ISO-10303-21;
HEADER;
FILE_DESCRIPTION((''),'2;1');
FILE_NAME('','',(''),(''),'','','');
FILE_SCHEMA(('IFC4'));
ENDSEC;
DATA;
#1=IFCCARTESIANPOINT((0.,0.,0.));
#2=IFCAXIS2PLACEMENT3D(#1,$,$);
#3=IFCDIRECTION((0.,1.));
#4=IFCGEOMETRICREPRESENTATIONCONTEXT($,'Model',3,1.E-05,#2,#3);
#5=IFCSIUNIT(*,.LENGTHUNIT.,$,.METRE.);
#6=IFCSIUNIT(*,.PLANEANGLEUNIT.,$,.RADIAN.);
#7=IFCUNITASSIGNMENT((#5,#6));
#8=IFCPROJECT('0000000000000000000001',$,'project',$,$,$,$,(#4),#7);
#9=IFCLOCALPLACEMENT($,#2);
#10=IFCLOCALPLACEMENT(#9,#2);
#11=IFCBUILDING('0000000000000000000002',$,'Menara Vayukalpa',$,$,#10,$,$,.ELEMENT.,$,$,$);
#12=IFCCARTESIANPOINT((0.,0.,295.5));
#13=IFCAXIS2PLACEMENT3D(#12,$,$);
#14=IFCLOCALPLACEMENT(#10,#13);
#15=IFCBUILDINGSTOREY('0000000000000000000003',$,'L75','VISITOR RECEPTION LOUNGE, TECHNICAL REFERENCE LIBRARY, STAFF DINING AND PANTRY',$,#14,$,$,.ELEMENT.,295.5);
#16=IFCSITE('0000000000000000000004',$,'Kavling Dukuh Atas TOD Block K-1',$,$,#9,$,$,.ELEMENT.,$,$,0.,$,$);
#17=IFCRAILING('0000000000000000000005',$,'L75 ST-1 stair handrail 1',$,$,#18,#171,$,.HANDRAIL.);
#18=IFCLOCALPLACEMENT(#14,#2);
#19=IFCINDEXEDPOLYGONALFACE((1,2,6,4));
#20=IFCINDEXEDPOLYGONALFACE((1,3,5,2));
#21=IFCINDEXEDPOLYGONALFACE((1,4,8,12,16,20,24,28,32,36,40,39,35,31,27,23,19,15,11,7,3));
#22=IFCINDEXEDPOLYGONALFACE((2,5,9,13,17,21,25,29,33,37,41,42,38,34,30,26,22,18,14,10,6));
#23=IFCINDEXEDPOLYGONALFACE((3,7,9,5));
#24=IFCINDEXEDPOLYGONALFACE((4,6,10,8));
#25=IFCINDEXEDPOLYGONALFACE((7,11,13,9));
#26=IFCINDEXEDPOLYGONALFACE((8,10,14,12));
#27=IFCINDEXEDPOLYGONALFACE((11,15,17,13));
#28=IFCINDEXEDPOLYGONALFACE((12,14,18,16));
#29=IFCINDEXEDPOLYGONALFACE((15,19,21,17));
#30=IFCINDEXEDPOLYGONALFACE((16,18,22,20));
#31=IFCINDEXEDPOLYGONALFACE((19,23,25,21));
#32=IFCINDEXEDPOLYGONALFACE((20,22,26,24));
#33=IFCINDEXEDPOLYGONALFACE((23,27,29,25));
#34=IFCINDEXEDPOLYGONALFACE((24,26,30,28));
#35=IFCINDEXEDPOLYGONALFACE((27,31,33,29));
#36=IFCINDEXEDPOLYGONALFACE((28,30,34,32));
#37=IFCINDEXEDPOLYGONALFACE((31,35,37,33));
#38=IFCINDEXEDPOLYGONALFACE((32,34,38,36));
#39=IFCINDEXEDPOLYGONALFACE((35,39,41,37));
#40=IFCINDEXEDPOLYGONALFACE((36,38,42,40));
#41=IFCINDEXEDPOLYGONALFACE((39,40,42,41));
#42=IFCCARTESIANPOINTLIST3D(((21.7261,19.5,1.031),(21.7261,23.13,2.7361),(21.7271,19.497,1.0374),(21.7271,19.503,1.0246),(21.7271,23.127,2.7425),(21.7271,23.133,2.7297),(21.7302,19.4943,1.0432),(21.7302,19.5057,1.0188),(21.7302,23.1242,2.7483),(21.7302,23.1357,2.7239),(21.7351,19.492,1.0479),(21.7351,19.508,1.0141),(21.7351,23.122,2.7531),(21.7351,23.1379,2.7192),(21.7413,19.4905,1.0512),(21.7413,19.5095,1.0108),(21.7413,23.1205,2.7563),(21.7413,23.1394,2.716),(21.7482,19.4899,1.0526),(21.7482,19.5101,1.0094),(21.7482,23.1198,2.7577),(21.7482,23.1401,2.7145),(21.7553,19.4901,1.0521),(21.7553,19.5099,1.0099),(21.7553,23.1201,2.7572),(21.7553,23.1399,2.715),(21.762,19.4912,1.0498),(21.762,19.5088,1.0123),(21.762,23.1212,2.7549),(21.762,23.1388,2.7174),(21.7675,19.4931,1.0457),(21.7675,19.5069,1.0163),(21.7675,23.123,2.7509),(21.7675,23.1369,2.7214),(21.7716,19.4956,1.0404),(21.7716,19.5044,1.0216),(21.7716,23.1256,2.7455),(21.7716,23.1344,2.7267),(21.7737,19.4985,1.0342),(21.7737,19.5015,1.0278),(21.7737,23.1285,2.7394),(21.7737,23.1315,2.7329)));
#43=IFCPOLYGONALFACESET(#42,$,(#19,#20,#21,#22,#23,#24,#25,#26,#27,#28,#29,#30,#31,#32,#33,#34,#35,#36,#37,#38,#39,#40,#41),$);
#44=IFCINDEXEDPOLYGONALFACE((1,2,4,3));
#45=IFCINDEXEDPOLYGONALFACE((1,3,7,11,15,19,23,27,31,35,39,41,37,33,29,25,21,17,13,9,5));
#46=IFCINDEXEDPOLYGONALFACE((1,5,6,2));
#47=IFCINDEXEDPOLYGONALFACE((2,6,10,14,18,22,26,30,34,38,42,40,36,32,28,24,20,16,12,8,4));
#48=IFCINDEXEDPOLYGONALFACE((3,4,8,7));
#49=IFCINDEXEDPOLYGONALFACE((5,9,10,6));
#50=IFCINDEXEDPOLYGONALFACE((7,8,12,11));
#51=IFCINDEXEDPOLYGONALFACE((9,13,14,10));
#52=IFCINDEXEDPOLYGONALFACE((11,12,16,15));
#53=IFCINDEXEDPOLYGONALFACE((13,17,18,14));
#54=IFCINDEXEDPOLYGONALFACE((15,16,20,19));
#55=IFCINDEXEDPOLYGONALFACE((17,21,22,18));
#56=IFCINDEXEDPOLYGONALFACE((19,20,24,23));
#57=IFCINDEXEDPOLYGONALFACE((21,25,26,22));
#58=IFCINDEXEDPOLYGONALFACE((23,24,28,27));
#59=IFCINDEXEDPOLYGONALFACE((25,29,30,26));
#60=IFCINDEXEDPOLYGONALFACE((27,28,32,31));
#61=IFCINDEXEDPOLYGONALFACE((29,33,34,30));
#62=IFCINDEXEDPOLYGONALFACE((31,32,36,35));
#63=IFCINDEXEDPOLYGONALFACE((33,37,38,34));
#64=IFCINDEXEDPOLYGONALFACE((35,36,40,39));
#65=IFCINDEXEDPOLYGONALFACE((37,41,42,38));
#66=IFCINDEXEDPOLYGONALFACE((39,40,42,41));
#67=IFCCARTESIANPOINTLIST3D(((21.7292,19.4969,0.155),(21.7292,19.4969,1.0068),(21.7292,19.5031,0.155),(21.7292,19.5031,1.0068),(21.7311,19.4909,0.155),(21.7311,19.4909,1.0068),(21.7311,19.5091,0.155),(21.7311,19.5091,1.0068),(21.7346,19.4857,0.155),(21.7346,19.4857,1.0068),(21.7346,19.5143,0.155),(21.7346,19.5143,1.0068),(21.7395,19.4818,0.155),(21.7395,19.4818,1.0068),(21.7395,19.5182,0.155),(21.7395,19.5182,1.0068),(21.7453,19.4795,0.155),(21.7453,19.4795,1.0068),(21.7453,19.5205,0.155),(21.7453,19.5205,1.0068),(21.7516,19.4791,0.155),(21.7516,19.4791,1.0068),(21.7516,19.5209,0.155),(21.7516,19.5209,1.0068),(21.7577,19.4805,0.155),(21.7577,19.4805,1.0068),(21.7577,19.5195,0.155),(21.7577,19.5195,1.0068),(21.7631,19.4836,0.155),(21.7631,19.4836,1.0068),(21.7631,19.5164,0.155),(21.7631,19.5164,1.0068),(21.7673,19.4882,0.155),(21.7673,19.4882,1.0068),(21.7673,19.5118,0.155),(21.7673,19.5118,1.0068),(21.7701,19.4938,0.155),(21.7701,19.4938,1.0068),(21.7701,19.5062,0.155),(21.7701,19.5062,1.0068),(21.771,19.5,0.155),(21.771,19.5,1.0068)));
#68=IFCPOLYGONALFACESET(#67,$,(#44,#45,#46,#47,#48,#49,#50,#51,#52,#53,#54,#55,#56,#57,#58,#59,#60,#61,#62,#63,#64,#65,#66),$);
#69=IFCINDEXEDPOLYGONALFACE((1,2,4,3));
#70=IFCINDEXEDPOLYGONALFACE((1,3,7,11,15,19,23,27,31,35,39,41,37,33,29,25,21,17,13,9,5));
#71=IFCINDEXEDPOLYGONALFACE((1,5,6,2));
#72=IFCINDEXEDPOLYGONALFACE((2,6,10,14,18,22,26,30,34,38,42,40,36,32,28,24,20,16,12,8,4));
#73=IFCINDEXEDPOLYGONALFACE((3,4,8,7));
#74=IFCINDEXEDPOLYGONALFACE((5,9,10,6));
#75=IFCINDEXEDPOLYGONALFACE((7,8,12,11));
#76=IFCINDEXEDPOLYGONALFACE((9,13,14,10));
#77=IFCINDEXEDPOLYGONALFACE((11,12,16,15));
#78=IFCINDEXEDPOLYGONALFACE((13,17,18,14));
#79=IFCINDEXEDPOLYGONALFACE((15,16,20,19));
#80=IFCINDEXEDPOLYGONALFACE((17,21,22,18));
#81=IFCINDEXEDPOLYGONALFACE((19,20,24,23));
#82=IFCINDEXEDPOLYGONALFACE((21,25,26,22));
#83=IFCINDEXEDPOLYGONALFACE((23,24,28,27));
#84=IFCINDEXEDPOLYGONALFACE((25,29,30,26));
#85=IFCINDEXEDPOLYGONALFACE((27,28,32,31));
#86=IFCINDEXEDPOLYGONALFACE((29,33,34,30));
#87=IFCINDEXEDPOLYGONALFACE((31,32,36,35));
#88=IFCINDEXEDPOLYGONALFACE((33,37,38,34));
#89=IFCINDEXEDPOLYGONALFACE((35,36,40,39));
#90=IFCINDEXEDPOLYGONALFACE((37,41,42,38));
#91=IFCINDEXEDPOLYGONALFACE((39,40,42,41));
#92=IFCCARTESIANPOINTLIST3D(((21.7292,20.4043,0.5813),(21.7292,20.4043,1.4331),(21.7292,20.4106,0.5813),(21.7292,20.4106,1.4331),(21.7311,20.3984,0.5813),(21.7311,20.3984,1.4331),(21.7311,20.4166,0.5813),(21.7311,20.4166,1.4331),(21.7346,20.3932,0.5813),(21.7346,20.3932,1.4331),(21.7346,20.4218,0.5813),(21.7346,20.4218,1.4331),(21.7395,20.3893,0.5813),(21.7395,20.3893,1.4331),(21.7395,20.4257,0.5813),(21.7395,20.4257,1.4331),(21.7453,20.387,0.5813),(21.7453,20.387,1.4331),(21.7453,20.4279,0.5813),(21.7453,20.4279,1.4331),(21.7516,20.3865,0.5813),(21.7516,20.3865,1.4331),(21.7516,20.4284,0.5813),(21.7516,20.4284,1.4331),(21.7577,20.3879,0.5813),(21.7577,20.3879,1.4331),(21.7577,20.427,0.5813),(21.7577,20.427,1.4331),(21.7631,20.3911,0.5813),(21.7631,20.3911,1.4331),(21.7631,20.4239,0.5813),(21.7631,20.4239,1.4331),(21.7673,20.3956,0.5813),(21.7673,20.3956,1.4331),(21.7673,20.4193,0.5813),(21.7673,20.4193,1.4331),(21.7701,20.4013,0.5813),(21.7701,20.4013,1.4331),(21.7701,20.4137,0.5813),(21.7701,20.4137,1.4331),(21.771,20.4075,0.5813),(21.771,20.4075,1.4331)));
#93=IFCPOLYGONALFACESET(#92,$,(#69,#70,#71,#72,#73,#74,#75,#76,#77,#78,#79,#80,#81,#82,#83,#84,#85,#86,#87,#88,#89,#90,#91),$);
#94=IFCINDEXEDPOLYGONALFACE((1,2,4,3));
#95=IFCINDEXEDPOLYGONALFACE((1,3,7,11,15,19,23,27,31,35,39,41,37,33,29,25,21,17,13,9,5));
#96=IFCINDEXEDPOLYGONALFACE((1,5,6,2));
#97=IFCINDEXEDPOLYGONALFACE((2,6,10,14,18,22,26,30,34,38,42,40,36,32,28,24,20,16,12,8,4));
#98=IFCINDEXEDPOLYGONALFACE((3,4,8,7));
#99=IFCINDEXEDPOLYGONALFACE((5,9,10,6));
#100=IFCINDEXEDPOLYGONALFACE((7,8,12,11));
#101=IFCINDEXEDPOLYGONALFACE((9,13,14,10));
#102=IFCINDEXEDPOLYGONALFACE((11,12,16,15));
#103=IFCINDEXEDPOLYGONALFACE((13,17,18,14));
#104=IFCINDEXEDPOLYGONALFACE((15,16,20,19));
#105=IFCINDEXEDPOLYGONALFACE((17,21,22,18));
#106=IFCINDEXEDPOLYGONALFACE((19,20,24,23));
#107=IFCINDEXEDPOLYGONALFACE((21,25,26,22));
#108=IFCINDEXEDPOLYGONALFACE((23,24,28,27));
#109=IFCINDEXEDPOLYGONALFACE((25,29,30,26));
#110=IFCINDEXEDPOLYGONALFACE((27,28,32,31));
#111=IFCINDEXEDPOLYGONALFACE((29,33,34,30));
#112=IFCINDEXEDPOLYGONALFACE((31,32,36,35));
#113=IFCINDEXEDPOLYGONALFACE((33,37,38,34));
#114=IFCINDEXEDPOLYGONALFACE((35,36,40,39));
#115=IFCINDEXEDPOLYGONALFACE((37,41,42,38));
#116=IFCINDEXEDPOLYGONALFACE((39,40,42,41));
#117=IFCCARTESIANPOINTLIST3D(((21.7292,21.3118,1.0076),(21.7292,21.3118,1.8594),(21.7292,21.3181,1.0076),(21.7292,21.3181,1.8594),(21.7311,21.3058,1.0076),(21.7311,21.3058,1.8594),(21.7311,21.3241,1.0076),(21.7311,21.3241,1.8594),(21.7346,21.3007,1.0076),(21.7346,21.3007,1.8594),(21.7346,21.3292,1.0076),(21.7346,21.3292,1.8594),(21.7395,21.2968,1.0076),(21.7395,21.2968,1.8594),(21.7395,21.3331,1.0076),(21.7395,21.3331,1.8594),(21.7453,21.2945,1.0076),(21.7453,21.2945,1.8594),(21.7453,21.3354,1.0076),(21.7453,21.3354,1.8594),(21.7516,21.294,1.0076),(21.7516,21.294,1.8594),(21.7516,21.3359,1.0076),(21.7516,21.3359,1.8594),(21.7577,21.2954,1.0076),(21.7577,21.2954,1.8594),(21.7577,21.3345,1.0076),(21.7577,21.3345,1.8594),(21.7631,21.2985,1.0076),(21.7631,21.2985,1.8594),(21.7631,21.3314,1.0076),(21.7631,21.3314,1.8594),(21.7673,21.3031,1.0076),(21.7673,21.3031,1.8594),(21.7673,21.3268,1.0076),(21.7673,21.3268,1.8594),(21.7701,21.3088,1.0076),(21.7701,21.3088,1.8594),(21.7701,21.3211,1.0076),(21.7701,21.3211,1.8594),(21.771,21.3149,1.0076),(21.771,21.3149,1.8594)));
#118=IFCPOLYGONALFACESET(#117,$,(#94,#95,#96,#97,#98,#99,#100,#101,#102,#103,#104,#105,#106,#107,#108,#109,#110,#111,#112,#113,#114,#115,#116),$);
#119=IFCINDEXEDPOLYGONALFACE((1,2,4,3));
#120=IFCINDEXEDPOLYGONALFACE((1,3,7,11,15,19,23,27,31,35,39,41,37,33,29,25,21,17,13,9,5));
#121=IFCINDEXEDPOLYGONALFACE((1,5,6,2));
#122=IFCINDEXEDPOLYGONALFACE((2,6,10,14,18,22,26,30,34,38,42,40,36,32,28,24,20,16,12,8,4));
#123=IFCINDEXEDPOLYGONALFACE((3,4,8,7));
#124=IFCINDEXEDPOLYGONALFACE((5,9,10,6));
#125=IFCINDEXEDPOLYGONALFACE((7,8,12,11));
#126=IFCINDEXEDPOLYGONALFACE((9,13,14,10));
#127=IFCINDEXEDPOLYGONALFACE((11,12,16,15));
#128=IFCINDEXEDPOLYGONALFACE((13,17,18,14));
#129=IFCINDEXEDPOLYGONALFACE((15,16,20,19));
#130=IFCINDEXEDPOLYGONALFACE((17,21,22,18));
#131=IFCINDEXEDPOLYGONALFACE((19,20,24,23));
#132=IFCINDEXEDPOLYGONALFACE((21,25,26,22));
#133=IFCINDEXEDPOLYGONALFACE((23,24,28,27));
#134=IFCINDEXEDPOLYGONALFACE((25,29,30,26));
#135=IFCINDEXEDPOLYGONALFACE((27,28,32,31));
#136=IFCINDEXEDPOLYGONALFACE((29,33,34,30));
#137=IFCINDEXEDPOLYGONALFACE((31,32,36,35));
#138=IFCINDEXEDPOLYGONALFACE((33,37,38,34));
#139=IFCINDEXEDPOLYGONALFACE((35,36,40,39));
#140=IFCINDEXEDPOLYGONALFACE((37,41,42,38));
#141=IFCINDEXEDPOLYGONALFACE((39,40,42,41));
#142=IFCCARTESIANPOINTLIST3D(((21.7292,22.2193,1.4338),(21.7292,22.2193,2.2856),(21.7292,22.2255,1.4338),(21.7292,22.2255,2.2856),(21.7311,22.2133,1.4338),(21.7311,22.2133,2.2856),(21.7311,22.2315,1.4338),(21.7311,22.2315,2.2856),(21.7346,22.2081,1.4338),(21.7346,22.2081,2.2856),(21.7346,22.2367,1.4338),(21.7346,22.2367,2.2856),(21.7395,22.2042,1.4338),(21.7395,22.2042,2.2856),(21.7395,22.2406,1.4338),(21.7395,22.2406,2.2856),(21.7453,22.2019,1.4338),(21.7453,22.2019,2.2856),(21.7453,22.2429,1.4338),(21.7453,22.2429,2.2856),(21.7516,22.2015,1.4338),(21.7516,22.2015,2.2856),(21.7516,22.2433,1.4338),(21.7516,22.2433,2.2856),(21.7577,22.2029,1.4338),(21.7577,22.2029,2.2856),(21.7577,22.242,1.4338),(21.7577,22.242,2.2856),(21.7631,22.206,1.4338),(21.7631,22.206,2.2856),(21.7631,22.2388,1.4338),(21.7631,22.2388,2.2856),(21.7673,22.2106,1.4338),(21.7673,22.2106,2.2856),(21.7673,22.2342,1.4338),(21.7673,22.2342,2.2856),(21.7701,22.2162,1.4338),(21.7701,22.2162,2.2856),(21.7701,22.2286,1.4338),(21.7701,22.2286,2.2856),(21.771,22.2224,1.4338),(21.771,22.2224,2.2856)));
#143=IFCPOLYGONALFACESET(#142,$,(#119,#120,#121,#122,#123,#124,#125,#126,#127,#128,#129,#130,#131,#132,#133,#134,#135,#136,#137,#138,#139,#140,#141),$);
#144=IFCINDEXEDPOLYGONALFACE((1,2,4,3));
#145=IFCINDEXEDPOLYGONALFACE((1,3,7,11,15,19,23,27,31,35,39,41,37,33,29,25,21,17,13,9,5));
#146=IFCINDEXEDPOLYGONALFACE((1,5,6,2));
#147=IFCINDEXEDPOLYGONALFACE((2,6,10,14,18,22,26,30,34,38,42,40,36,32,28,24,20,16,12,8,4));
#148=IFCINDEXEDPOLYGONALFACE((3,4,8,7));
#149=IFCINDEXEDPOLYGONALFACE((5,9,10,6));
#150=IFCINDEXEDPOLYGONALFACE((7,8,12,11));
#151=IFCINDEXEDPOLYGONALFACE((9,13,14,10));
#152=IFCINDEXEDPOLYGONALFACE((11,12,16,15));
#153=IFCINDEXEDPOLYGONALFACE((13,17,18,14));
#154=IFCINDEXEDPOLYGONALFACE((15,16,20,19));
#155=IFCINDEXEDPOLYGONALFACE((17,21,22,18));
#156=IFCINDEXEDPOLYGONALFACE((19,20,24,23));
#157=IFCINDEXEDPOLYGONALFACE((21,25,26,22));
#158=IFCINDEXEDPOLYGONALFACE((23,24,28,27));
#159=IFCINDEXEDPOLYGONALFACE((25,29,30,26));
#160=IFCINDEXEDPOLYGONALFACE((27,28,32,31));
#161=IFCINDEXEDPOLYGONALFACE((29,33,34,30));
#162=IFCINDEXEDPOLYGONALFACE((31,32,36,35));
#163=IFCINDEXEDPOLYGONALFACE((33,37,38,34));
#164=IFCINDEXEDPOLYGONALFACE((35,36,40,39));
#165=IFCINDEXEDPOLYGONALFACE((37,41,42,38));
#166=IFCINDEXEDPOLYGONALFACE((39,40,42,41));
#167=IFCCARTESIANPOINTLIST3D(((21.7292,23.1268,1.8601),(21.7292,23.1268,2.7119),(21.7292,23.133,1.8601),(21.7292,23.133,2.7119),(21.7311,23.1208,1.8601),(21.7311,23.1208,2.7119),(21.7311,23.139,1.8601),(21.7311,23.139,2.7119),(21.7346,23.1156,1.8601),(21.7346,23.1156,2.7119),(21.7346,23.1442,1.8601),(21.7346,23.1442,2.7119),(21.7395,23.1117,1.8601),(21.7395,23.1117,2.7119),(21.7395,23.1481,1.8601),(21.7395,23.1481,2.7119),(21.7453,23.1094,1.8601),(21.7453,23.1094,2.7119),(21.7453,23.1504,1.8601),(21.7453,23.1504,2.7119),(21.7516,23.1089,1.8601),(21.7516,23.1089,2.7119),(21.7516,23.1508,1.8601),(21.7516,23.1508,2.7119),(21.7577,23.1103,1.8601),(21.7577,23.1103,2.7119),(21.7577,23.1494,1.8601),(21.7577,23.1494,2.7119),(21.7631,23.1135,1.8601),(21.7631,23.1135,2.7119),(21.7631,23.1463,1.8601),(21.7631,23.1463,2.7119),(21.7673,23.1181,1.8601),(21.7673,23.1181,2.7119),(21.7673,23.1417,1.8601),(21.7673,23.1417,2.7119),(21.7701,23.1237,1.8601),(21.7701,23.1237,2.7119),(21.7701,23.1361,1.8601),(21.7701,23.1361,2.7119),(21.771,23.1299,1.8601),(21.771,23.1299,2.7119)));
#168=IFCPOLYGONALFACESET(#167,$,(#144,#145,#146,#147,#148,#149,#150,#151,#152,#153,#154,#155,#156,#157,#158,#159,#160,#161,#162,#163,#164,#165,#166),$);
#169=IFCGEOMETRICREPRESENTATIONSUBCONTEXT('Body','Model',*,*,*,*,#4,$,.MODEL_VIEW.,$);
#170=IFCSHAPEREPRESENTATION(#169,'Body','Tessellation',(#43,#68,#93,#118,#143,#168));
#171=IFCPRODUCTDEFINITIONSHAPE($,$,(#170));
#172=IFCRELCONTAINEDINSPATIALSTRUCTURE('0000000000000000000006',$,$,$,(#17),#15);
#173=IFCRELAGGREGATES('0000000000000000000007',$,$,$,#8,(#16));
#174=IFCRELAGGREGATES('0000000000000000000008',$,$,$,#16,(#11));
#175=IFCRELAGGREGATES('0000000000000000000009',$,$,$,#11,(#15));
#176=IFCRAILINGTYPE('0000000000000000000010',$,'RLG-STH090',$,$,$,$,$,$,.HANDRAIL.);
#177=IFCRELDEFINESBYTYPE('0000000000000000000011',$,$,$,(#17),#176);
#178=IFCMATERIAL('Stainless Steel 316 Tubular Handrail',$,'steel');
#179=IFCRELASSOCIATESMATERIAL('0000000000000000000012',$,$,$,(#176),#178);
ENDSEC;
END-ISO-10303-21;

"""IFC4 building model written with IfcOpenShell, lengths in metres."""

from ifc_helpers import new_model, si_unit, direction, frame, origin, origin_2d, place, context, subcontext, project, spatial, circle, extrude, material, type_object, element, save


model = new_model("IFC4")

# Units and contexts
model_context = context("Model", 3, precision=1e-05, world=origin(), true_north=direction((0.0, 1.0)))
body_context = subcontext(model_context, "Body", "Model", "MODEL_VIEW")
ifc_project = project(units=[si_unit("LENGTHUNIT", "METRE"), si_unit("PLANEANGLEUNIT", "RADIAN")], contexts=[model_context])

# Site, building, storey
site_placement = place(None, origin())
site = spatial("IfcSite", under=ifc_project, at=site_placement, Name="Kavling Dukuh Atas TOD Block K-1", CompositionType="ELEMENT", RefElevation=0.0)
building_placement = place(site_placement, origin())
building = spatial("IfcBuilding", under=site, at=building_placement, Name="Menara Vayukalpa", CompositionType="ELEMENT")
storey_placement = place(building_placement, frame((0.0, 0.0, 295.5)))
storey = spatial("IfcBuildingStorey", under=building, at=storey_placement, Name="L75", Description="VISITOR RECEPTION LOUNGE, TECHNICAL REFERENCE LIBRARY, STAFF DINING AND PANTRY", CompositionType="ELEMENT", Elevation=295.5)

# Railing
ifc_material_1 = material(Name="Stainless Steel 316 Tubular Handrail", Category="steel")
railing_type_1 = type_object("IfcRailingType", Name="RLG-STH090", PredefinedType="HANDRAIL", material=ifc_material_1)
railing_1_placement = place(storey_placement, frame((21.75, 19.5, 0.155)))
element("IfcRailing", 1, at=railing_1_placement, inside=storey, type_object=railing_type_1, Name="L75 ST-1 stair handrail 1", PredefinedType="HANDRAIL", context=body_context, shape_type="SweptSolid", body=[
    extrude(circle(Radius=0.0239, at=origin_2d()), frame((0.0, 0.0, 0.876), z_axis=(0.0, 0.905116, 0.425164), x_axis=(-1.0, 0.0, 0.0)), (0.0, 0.0, 1.0), 4.0105),
    extrude(circle(Radius=0.021, at=origin_2d()), origin(), (0.0, 0.0, 1.0), 0.8518),
    extrude(circle(Radius=0.021, at=origin_2d()), frame((0.0, 0.9075, 0.4263)), (0.0, 0.0, 1.0), 0.8518),
    extrude(circle(Radius=0.021, at=origin_2d()), frame((0.0, 1.8149, 0.8525)), (0.0, 0.0, 1.0), 0.8518),
    extrude(circle(Radius=0.021, at=origin_2d()), frame((0.0, 2.7224, 1.2788)), (0.0, 0.0, 1.0), 0.8518),
    extrude(circle(Radius=0.021, at=origin_2d()), frame((0.0, 3.6299, 1.7051)), (0.0, 0.0, 1.0), 0.8518),
])

save(model, "model.ifc")
